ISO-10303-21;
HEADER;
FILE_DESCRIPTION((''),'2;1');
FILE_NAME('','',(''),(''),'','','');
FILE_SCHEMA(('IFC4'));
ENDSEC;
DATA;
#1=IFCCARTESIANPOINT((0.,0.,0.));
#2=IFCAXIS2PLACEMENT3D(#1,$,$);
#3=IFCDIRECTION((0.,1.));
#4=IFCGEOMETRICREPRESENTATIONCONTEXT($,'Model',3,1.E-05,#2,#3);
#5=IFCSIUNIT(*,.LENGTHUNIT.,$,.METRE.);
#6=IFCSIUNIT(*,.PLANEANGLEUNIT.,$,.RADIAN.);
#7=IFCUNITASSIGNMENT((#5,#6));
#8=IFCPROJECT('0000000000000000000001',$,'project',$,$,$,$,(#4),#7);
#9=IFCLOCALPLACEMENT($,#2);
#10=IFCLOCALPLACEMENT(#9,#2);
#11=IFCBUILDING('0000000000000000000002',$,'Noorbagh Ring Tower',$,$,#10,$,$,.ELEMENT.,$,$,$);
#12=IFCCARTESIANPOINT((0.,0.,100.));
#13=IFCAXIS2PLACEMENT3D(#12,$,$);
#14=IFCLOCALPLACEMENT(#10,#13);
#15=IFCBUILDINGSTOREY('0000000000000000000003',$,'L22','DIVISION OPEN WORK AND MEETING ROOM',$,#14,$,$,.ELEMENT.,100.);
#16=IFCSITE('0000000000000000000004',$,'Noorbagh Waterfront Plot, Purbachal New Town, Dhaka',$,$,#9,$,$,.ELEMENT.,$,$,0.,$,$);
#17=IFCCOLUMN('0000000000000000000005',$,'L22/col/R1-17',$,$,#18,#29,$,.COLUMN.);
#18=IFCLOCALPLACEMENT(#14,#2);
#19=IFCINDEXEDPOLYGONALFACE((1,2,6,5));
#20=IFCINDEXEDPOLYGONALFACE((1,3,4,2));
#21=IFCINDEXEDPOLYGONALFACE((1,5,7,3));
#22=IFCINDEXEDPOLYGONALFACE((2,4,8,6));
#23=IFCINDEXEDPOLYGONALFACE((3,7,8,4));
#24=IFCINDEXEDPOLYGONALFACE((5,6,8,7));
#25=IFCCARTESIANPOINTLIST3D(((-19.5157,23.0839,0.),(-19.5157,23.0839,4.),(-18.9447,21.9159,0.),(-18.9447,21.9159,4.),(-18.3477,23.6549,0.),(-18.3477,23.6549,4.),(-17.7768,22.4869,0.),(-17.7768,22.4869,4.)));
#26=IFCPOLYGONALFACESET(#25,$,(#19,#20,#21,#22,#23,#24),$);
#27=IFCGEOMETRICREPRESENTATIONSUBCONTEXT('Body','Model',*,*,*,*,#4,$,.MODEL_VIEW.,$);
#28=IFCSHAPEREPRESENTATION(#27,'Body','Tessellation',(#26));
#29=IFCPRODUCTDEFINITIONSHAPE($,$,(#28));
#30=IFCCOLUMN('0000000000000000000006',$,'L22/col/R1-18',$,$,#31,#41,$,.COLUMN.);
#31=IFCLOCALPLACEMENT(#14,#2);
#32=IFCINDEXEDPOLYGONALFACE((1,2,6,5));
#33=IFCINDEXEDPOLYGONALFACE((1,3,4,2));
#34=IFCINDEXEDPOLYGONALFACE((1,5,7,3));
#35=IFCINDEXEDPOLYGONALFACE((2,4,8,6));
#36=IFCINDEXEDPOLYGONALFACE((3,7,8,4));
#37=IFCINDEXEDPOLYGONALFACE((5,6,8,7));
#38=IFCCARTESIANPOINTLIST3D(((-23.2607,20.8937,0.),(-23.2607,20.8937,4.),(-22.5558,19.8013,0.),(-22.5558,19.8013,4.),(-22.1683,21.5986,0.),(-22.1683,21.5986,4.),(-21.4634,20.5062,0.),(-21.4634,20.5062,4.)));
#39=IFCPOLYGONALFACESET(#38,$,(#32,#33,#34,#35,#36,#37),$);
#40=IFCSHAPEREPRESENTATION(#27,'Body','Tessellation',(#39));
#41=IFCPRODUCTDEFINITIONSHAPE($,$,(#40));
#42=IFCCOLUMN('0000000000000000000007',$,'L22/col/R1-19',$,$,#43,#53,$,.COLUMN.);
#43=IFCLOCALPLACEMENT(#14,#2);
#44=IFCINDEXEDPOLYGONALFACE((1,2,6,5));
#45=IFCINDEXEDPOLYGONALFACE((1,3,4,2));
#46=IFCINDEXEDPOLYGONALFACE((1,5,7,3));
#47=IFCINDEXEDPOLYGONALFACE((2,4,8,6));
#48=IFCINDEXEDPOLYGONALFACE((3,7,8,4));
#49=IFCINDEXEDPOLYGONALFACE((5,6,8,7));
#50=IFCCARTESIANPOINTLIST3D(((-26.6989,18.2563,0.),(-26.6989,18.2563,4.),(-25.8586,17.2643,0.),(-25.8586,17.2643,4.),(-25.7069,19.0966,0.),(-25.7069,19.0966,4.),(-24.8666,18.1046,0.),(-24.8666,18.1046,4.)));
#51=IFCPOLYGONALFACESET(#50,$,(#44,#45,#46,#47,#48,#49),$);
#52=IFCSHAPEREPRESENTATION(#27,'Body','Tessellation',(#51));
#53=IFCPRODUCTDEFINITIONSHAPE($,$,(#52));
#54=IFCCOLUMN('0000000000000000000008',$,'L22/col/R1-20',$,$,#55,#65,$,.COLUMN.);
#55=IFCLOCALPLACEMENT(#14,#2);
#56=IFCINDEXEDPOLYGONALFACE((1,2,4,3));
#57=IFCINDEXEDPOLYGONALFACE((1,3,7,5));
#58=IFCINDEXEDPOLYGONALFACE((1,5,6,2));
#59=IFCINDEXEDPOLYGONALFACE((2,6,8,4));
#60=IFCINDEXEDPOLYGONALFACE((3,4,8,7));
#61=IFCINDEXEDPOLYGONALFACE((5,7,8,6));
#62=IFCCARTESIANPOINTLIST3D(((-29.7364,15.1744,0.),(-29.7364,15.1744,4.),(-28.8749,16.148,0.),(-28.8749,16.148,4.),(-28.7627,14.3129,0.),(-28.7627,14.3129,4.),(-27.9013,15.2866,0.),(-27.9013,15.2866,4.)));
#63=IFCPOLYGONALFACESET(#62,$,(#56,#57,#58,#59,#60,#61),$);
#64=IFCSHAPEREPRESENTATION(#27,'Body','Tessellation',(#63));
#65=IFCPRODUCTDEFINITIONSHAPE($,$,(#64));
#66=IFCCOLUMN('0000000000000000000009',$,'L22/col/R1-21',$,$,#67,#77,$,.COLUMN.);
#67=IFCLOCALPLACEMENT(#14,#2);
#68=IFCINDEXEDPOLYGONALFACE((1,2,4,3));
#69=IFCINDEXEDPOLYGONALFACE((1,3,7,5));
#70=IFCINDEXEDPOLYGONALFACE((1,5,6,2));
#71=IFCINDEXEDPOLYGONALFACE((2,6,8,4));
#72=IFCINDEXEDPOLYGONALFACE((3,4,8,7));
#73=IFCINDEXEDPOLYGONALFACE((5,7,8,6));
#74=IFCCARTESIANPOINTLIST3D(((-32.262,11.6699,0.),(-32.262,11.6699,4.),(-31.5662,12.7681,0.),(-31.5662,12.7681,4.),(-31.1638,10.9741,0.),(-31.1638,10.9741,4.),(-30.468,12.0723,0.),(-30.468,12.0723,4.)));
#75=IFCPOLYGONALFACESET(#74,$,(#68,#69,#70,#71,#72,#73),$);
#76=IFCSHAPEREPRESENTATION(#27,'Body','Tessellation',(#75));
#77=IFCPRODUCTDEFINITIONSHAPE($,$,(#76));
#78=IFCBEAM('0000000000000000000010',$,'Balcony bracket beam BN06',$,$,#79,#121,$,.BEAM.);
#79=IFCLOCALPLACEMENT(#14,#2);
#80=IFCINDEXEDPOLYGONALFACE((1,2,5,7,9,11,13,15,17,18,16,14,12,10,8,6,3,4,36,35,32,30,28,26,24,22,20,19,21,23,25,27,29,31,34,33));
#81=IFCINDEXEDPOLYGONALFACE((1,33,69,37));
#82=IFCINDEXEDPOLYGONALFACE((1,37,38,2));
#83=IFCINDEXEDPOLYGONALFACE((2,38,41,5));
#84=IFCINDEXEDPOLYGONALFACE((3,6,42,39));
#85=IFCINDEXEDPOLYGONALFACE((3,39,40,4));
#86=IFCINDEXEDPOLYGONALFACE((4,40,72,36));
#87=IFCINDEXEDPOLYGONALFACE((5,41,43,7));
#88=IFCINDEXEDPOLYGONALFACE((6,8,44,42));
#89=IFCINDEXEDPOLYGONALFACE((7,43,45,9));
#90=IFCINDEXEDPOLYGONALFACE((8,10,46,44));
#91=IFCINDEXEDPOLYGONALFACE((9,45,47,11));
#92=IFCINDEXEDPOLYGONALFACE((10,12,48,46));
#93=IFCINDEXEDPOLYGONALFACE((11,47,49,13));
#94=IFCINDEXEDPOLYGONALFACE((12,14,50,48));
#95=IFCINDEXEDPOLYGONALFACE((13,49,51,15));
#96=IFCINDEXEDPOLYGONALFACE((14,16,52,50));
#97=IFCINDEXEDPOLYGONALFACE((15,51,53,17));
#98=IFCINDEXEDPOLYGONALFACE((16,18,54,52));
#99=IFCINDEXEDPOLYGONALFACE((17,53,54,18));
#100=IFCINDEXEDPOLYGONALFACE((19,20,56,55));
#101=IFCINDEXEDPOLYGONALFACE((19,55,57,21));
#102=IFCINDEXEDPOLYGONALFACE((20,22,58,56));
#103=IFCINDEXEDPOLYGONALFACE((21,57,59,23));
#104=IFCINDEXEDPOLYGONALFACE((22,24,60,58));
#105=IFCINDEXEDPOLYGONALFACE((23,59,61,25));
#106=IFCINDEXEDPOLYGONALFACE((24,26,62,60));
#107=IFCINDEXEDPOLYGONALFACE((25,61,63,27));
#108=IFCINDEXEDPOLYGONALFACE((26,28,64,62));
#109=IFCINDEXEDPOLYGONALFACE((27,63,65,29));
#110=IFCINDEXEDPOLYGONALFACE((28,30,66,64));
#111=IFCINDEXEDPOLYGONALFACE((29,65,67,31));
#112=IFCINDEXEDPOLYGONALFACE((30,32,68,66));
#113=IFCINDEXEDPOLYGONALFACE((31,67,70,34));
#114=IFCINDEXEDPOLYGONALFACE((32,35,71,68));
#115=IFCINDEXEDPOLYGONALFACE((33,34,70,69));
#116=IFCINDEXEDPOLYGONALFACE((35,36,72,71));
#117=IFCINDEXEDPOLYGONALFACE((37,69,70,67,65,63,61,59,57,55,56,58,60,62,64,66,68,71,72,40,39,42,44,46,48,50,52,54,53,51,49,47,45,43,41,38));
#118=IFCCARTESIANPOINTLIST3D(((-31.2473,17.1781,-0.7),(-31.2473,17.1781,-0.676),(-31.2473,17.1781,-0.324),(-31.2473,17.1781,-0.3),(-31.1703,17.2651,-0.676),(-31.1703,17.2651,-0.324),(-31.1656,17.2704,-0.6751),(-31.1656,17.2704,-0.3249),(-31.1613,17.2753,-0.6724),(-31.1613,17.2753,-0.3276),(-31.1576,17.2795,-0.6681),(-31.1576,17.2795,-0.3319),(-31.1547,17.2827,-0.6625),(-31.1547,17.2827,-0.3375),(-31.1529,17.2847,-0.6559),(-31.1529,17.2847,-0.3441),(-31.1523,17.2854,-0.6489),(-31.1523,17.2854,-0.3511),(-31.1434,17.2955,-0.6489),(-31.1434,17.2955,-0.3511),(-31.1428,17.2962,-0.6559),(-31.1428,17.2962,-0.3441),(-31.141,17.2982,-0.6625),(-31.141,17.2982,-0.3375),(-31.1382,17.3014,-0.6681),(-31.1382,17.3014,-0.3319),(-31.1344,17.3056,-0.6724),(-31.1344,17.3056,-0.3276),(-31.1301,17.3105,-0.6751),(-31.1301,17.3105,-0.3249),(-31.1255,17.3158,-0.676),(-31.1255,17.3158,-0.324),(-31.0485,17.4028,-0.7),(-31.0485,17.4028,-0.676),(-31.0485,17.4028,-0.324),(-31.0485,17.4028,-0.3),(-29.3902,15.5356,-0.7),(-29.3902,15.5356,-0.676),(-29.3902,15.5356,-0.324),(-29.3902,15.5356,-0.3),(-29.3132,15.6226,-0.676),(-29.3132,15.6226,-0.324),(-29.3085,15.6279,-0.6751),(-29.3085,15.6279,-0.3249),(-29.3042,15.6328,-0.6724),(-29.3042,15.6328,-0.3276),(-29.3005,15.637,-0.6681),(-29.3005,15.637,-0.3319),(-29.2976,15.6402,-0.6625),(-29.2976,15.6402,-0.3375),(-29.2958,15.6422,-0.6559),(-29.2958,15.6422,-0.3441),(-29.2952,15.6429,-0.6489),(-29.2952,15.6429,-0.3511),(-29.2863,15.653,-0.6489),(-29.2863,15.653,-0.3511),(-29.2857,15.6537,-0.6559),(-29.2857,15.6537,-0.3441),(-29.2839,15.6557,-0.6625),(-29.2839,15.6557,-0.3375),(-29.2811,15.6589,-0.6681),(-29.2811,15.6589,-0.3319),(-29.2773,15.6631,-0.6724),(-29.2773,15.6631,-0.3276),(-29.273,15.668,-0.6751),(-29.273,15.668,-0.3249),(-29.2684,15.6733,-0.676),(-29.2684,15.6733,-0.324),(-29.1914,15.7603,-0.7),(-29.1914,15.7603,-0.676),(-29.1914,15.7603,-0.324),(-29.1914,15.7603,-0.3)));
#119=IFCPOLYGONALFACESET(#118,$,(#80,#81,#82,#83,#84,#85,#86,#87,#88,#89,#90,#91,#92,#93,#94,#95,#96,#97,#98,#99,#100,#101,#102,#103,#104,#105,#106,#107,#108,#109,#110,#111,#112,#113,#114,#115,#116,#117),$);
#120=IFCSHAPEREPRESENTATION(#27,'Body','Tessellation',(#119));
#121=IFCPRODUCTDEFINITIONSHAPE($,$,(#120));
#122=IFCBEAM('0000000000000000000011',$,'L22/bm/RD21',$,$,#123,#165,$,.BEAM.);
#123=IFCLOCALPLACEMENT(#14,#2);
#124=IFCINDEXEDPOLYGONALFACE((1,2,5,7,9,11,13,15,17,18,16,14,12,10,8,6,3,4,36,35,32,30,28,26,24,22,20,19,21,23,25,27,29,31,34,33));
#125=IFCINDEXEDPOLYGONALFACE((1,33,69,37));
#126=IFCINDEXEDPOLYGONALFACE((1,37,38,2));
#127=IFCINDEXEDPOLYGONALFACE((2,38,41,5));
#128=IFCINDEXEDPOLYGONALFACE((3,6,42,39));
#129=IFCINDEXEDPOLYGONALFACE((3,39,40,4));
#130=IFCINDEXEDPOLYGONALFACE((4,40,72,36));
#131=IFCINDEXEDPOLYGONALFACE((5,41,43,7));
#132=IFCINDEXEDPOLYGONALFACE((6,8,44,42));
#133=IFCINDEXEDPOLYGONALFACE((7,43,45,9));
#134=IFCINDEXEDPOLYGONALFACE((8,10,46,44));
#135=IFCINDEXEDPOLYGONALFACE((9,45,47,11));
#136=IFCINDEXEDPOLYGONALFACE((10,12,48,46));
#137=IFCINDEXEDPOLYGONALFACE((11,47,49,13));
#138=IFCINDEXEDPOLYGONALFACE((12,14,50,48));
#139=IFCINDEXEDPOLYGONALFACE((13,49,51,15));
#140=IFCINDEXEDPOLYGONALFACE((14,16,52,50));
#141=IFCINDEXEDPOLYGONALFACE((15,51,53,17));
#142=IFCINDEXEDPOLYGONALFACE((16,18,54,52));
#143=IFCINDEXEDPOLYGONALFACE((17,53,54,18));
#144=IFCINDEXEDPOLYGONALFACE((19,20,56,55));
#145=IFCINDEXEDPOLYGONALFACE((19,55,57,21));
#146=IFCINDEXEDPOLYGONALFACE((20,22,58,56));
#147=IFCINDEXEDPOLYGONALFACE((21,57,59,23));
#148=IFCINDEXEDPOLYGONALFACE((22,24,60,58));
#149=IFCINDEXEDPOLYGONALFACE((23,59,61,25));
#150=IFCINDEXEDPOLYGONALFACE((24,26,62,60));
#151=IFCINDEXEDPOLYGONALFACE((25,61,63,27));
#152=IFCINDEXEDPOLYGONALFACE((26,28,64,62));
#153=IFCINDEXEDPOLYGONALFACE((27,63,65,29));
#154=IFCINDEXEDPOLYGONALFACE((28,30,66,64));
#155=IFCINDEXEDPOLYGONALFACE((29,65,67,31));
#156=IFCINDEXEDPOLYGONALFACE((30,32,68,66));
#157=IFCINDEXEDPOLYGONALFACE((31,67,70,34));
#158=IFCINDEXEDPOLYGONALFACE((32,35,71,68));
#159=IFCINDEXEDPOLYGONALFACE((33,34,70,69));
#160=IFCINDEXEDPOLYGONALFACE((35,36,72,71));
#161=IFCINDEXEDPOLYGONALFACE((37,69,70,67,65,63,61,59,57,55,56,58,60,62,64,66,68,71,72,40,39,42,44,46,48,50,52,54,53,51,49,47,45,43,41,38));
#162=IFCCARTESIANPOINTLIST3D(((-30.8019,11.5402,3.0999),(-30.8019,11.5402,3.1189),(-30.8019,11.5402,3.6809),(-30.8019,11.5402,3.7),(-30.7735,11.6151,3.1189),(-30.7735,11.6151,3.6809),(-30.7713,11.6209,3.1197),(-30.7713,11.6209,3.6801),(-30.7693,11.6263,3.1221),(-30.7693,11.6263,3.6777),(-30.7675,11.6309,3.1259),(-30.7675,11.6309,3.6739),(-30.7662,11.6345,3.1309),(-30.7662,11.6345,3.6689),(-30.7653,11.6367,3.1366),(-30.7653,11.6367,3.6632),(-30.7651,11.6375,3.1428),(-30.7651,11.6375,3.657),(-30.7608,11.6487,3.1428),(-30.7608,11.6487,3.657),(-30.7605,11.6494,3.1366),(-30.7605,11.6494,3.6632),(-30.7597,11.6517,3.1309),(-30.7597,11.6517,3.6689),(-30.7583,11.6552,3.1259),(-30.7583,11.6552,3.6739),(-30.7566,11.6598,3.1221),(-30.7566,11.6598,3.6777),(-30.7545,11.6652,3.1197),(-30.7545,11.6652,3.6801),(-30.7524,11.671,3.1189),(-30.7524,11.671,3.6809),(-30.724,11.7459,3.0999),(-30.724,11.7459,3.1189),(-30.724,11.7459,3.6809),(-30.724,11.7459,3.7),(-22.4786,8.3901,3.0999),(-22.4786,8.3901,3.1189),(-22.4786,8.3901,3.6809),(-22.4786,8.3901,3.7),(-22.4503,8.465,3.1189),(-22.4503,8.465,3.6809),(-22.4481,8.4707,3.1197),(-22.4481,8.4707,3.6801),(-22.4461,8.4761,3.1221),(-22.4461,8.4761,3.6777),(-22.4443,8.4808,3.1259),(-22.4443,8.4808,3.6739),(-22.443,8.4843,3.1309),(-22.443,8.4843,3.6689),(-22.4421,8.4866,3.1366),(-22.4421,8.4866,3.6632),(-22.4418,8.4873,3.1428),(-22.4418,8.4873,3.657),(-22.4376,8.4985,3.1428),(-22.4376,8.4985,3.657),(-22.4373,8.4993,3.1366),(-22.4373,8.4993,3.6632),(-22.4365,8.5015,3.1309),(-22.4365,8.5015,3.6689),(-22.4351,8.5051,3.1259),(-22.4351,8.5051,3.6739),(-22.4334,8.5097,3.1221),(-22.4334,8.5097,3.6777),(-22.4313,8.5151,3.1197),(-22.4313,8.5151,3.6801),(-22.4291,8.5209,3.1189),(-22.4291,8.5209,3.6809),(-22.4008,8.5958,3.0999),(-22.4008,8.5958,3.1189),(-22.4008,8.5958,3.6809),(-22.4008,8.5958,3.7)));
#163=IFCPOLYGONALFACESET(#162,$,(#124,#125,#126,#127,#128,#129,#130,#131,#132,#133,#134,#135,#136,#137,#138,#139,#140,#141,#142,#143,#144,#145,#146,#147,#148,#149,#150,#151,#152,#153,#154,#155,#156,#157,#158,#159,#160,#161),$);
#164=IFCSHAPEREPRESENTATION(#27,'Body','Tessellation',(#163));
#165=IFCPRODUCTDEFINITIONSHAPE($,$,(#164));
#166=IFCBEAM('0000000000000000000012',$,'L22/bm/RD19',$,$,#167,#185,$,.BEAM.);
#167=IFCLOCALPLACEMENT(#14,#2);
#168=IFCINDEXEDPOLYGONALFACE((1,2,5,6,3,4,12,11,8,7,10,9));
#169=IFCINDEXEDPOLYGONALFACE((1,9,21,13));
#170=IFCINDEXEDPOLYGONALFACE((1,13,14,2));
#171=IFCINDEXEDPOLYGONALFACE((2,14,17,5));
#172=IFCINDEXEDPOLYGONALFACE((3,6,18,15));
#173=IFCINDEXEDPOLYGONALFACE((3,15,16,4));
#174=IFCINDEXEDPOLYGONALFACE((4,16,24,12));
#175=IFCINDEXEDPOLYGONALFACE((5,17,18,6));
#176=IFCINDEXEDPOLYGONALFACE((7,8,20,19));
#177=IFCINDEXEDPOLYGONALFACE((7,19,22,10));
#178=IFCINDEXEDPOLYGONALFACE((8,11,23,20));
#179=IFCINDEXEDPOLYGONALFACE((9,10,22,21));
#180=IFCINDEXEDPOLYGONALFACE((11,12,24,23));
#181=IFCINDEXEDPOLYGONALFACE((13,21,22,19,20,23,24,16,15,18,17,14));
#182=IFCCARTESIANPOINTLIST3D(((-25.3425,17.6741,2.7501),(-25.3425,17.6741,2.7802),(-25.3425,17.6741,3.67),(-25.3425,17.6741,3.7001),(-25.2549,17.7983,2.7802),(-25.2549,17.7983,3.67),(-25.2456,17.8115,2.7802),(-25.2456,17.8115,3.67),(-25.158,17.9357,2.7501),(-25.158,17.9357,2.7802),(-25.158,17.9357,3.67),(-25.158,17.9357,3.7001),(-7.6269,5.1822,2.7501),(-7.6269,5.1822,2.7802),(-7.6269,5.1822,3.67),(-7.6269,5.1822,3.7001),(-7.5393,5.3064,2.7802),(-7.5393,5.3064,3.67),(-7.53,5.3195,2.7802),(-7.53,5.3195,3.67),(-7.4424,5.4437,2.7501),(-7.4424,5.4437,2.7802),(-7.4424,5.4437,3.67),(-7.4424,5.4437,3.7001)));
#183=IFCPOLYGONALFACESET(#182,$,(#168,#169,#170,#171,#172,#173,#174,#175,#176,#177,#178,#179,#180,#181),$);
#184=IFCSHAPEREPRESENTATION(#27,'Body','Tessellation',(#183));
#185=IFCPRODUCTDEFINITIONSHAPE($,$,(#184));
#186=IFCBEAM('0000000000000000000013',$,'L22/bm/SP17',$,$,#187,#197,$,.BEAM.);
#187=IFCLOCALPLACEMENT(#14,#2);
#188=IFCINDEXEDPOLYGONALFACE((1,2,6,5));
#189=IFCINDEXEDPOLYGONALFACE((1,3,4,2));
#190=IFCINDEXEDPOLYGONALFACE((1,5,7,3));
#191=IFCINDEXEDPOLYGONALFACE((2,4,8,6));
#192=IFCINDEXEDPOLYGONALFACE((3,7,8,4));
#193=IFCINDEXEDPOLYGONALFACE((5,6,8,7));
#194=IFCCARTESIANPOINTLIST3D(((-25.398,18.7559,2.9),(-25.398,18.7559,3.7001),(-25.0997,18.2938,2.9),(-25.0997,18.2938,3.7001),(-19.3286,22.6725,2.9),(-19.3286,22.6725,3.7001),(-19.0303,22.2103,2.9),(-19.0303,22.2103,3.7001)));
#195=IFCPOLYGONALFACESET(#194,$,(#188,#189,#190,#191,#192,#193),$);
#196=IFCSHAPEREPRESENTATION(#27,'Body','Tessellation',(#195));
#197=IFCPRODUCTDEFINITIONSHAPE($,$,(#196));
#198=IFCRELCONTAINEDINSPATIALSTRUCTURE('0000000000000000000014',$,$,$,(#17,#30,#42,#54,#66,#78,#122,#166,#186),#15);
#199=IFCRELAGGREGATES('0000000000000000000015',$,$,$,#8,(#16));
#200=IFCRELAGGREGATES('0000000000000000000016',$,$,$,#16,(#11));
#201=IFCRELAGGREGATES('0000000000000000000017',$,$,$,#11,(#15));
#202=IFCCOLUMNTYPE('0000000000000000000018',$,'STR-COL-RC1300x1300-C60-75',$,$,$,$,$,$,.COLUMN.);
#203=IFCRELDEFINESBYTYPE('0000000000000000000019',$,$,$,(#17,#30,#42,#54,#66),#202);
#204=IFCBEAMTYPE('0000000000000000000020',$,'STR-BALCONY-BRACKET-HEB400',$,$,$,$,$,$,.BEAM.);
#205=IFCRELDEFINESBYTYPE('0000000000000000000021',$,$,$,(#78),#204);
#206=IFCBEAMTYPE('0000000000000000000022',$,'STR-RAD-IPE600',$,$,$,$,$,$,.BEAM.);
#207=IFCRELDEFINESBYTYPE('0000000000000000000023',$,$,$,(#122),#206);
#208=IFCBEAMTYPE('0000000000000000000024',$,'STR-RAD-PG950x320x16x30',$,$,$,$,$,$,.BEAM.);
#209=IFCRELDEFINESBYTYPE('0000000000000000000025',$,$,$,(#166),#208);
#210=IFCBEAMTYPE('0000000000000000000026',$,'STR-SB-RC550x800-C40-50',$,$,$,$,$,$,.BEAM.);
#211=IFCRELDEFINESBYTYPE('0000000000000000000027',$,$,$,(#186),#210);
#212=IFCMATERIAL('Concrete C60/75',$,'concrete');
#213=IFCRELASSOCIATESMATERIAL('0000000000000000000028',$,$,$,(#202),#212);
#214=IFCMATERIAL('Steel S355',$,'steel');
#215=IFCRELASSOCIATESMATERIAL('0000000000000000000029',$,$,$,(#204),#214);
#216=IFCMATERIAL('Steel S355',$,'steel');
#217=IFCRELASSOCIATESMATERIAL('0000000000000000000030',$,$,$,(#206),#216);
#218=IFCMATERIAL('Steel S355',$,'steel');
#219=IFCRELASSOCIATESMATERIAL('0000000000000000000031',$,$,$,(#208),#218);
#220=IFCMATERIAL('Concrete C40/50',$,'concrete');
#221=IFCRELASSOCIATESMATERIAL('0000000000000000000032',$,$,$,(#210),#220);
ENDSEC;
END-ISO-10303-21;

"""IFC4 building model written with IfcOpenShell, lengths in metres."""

from ifc_helpers import new_model, si_unit, direction, frame, origin, origin_2d, place, context, subcontext, project, spatial, rectangle, i_section, extrude, material, material_profile, profile_set, type_object, element, save


model = new_model("IFC4")

# Units and contexts
model_context = context("Model", 3, precision=1e-05, world=origin(), true_north=direction((0.0, 1.0)))
body_context = subcontext(model_context, "Body", "Model", "MODEL_VIEW")
ifc_project = project(units=[si_unit("LENGTHUNIT", "METRE"), si_unit("PLANEANGLEUNIT", "RADIAN")], contexts=[model_context])

# Site, building, storey
site_placement = place(None, origin())
site = spatial("IfcSite", under=ifc_project, at=site_placement, Name="Noorbagh Waterfront Plot, Purbachal New Town, Dhaka", CompositionType="ELEMENT", RefElevation=0.0)
building_placement = place(site_placement, origin())
building = spatial("IfcBuilding", under=site, at=building_placement, Name="Noorbagh Ring Tower", CompositionType="ELEMENT")
storey_placement = place(building_placement, frame((0.0, 0.0, 100.0)))
storey = spatial("IfcBuildingStorey", under=building, at=storey_placement, Name="L22", Description="DIVISION OPEN WORK AND MEETING ROOM", CompositionType="ELEMENT", Elevation=100.0)

# Columns
ifc_material_1 = material(Name="Concrete C60/75", Category="concrete")
ifc_material_profile_1 = material_profile(ifc_material_1, rectangle(XDim=1.3, YDim=1.3, at=origin_2d()), Name="RC1300x1300")
ifc_profile_set_1 = profile_set([ifc_material_profile_1], Name="Concrete C60/75")
column_type = type_object("IfcColumnType", Name="STR-COL-RC1300x1300-C60-75", PredefinedType="COLUMN", material=ifc_profile_set_1)
for number, where, z_axis, x_axis, name in (
    (1, (-18.6462, 22.7854, 0.0), (0.0, 0.0, 1.0), (-0.898399, -0.43918, 0.0), "L22/col/R1-17"),
    (2, (-22.3621, 20.7, 0.0), (0.0, 0.0, 1.0), (-0.840248, -0.542203, 0.0), "L22/col/R1-18"),
    (3, (-25.7827, 18.1804, 0.0), (0.0, 0.0, 1.0), (-0.763035, -0.646357, 0.0), "L22/col/R1-19"),
    (4, (-28.8188, 15.2305, 0.0), (0.0, 0.0, 1.0), (-0.662636, -0.748942, 0.0), "L22/col/R1-20"),
    (5, (-31.365, 11.8711, 0.0), (0.0, 0.0, 1.0), (-0.53519, -0.844731, 0.0), "L22/col/R1-21"),
):
    element("IfcColumn", number, at=place(storey_placement, frame(where, z_axis=z_axis, x_axis=x_axis)), inside=storey, type_object=column_type, Name=name, PredefinedType="COLUMN", context=body_context, shape_type="SweptSolid", body=[
        extrude(rectangle(XDim=1.3, YDim=1.3, at=origin_2d()), origin(), (0.0, 0.0, 1.0), 4.0),
    ])

# Beams
ifc_material_2 = material(Name="Steel S355", Category="steel")
ifc_material_profile_2 = material_profile(ifc_material_2, i_section(OverallWidth=0.3, OverallDepth=0.3999, WebThickness=0.0134, FlangeThickness=0.0239, FilletRadius=0.0271, at=origin_2d()), Name="HEB400")
ifc_profile_set_2 = profile_set([ifc_material_profile_2], Name="Steel S355")
beam_type_1 = type_object("IfcBeamType", Name="STR-BALCONY-BRACKET-HEB400", PredefinedType="BEAM", material=ifc_profile_set_2)
beam_1_placement = place(storey_placement, frame((-29.2908, 15.6479, -0.5), z_axis=(-0.749059, 0.662504, 0.0), x_axis=(-0.662504, -0.749059, 0.0)))
element("IfcBeam", 6, at=beam_1_placement, inside=storey, type_object=beam_type_1, Name="Balcony bracket beam BN06", PredefinedType="BEAM", context=body_context, shape_type="SweptSolid", body=[
    extrude(i_section(OverallWidth=0.3, OverallDepth=0.3999, WebThickness=0.0134, FlangeThickness=0.0239, FilletRadius=0.0271, at=origin_2d()), origin(), (0.0, 0.0, 1.0), 2.4792),
])
ifc_material_3 = material(Name="Steel S355", Category="steel")
ifc_material_profile_3 = material_profile(ifc_material_3, i_section(OverallWidth=0.22, OverallDepth=0.6001, WebThickness=0.012, FlangeThickness=0.019, FilletRadius=0.0239, at=origin_2d()), Name="IPE600")
ifc_profile_set_3 = profile_set([ifc_material_profile_3], Name="Steel S355")
beam_type_2 = type_object("IfcBeamType", Name="STR-RAD-IPE600", PredefinedType="BEAM", material=ifc_profile_set_3)
beam_2_placement = place(storey_placement, frame((-30.7629, 11.6431, 3.3999), z_axis=(0.935256, -0.353972, 0.0), x_axis=(0.353972, 0.935256, 0.0)))
element("IfcBeam", 7, at=beam_2_placement, inside=storey, type_object=beam_type_2, Name="L22/bm/RD21", PredefinedType="BEAM", context=body_context, shape_type="SweptSolid", body=[
    extrude(i_section(OverallWidth=0.22, OverallDepth=0.6001, WebThickness=0.012, FlangeThickness=0.019, FilletRadius=0.0239, at=origin_2d()), origin(), (0.0, 0.0, 1.0), 8.8994),
])
ifc_material_4 = material(Name="Steel S355", Category="steel")
ifc_material_profile_4 = material_profile(ifc_material_4, i_section(OverallWidth=0.3201, OverallDepth=0.95, WebThickness=0.0161, FlangeThickness=0.03, at=origin_2d()), Name="PG950x320x16x30")
ifc_profile_set_4 = profile_set([ifc_material_profile_4], Name="Steel S355")
beam_type_3 = type_object("IfcBeamType", Name="STR-RAD-PG950x320x16x30", PredefinedType="BEAM", material=ifc_profile_set_4)
beam_3_placement = place(storey_placement, frame((-25.2502, 17.8049, 3.2251), z_axis=(0.817254, -0.576278, 0.0), x_axis=(0.576278, 0.817254, 0.0)))
element("IfcBeam", 8, at=beam_3_placement, inside=storey, type_object=beam_type_3, Name="L22/bm/RD19", PredefinedType="BEAM", context=body_context, shape_type="SweptSolid", body=[
    extrude(i_section(OverallWidth=0.3201, OverallDepth=0.95, WebThickness=0.0161, FlangeThickness=0.03, at=origin_2d()), origin(), (0.0, 0.0, 1.0), 21.677),
])
ifc_material_5 = material(Name="Concrete C40/50", Category="concrete")
ifc_material_profile_5 = material_profile(ifc_material_5, rectangle(XDim=0.55, YDim=0.8, at=origin_2d()), Name="RC550x800")
ifc_profile_set_5 = profile_set([ifc_material_profile_5], Name="Concrete C40/50")
beam_type_4 = type_object("IfcBeamType", Name="STR-SB-RC550x800-C40-50", PredefinedType="BEAM", material=ifc_profile_set_5)
beam_4_placement = place(storey_placement, frame((-19.1794, 22.4414, 3.3), z_axis=(-0.840246, -0.542205, 0.0), x_axis=(0.542205, -0.840246, 0.0)))
element("IfcBeam", 9, at=beam_4_placement, inside=storey, type_object=beam_type_4, Name="L22/bm/SP17", PredefinedType="BEAM", context=body_context, shape_type="SweptSolid", body=[
    extrude(rectangle(XDim=0.55, YDim=0.8, at=origin_2d()), origin(), (0.0, 0.0, 1.0), 7.2234),
])

save(model, "model.ifc")
